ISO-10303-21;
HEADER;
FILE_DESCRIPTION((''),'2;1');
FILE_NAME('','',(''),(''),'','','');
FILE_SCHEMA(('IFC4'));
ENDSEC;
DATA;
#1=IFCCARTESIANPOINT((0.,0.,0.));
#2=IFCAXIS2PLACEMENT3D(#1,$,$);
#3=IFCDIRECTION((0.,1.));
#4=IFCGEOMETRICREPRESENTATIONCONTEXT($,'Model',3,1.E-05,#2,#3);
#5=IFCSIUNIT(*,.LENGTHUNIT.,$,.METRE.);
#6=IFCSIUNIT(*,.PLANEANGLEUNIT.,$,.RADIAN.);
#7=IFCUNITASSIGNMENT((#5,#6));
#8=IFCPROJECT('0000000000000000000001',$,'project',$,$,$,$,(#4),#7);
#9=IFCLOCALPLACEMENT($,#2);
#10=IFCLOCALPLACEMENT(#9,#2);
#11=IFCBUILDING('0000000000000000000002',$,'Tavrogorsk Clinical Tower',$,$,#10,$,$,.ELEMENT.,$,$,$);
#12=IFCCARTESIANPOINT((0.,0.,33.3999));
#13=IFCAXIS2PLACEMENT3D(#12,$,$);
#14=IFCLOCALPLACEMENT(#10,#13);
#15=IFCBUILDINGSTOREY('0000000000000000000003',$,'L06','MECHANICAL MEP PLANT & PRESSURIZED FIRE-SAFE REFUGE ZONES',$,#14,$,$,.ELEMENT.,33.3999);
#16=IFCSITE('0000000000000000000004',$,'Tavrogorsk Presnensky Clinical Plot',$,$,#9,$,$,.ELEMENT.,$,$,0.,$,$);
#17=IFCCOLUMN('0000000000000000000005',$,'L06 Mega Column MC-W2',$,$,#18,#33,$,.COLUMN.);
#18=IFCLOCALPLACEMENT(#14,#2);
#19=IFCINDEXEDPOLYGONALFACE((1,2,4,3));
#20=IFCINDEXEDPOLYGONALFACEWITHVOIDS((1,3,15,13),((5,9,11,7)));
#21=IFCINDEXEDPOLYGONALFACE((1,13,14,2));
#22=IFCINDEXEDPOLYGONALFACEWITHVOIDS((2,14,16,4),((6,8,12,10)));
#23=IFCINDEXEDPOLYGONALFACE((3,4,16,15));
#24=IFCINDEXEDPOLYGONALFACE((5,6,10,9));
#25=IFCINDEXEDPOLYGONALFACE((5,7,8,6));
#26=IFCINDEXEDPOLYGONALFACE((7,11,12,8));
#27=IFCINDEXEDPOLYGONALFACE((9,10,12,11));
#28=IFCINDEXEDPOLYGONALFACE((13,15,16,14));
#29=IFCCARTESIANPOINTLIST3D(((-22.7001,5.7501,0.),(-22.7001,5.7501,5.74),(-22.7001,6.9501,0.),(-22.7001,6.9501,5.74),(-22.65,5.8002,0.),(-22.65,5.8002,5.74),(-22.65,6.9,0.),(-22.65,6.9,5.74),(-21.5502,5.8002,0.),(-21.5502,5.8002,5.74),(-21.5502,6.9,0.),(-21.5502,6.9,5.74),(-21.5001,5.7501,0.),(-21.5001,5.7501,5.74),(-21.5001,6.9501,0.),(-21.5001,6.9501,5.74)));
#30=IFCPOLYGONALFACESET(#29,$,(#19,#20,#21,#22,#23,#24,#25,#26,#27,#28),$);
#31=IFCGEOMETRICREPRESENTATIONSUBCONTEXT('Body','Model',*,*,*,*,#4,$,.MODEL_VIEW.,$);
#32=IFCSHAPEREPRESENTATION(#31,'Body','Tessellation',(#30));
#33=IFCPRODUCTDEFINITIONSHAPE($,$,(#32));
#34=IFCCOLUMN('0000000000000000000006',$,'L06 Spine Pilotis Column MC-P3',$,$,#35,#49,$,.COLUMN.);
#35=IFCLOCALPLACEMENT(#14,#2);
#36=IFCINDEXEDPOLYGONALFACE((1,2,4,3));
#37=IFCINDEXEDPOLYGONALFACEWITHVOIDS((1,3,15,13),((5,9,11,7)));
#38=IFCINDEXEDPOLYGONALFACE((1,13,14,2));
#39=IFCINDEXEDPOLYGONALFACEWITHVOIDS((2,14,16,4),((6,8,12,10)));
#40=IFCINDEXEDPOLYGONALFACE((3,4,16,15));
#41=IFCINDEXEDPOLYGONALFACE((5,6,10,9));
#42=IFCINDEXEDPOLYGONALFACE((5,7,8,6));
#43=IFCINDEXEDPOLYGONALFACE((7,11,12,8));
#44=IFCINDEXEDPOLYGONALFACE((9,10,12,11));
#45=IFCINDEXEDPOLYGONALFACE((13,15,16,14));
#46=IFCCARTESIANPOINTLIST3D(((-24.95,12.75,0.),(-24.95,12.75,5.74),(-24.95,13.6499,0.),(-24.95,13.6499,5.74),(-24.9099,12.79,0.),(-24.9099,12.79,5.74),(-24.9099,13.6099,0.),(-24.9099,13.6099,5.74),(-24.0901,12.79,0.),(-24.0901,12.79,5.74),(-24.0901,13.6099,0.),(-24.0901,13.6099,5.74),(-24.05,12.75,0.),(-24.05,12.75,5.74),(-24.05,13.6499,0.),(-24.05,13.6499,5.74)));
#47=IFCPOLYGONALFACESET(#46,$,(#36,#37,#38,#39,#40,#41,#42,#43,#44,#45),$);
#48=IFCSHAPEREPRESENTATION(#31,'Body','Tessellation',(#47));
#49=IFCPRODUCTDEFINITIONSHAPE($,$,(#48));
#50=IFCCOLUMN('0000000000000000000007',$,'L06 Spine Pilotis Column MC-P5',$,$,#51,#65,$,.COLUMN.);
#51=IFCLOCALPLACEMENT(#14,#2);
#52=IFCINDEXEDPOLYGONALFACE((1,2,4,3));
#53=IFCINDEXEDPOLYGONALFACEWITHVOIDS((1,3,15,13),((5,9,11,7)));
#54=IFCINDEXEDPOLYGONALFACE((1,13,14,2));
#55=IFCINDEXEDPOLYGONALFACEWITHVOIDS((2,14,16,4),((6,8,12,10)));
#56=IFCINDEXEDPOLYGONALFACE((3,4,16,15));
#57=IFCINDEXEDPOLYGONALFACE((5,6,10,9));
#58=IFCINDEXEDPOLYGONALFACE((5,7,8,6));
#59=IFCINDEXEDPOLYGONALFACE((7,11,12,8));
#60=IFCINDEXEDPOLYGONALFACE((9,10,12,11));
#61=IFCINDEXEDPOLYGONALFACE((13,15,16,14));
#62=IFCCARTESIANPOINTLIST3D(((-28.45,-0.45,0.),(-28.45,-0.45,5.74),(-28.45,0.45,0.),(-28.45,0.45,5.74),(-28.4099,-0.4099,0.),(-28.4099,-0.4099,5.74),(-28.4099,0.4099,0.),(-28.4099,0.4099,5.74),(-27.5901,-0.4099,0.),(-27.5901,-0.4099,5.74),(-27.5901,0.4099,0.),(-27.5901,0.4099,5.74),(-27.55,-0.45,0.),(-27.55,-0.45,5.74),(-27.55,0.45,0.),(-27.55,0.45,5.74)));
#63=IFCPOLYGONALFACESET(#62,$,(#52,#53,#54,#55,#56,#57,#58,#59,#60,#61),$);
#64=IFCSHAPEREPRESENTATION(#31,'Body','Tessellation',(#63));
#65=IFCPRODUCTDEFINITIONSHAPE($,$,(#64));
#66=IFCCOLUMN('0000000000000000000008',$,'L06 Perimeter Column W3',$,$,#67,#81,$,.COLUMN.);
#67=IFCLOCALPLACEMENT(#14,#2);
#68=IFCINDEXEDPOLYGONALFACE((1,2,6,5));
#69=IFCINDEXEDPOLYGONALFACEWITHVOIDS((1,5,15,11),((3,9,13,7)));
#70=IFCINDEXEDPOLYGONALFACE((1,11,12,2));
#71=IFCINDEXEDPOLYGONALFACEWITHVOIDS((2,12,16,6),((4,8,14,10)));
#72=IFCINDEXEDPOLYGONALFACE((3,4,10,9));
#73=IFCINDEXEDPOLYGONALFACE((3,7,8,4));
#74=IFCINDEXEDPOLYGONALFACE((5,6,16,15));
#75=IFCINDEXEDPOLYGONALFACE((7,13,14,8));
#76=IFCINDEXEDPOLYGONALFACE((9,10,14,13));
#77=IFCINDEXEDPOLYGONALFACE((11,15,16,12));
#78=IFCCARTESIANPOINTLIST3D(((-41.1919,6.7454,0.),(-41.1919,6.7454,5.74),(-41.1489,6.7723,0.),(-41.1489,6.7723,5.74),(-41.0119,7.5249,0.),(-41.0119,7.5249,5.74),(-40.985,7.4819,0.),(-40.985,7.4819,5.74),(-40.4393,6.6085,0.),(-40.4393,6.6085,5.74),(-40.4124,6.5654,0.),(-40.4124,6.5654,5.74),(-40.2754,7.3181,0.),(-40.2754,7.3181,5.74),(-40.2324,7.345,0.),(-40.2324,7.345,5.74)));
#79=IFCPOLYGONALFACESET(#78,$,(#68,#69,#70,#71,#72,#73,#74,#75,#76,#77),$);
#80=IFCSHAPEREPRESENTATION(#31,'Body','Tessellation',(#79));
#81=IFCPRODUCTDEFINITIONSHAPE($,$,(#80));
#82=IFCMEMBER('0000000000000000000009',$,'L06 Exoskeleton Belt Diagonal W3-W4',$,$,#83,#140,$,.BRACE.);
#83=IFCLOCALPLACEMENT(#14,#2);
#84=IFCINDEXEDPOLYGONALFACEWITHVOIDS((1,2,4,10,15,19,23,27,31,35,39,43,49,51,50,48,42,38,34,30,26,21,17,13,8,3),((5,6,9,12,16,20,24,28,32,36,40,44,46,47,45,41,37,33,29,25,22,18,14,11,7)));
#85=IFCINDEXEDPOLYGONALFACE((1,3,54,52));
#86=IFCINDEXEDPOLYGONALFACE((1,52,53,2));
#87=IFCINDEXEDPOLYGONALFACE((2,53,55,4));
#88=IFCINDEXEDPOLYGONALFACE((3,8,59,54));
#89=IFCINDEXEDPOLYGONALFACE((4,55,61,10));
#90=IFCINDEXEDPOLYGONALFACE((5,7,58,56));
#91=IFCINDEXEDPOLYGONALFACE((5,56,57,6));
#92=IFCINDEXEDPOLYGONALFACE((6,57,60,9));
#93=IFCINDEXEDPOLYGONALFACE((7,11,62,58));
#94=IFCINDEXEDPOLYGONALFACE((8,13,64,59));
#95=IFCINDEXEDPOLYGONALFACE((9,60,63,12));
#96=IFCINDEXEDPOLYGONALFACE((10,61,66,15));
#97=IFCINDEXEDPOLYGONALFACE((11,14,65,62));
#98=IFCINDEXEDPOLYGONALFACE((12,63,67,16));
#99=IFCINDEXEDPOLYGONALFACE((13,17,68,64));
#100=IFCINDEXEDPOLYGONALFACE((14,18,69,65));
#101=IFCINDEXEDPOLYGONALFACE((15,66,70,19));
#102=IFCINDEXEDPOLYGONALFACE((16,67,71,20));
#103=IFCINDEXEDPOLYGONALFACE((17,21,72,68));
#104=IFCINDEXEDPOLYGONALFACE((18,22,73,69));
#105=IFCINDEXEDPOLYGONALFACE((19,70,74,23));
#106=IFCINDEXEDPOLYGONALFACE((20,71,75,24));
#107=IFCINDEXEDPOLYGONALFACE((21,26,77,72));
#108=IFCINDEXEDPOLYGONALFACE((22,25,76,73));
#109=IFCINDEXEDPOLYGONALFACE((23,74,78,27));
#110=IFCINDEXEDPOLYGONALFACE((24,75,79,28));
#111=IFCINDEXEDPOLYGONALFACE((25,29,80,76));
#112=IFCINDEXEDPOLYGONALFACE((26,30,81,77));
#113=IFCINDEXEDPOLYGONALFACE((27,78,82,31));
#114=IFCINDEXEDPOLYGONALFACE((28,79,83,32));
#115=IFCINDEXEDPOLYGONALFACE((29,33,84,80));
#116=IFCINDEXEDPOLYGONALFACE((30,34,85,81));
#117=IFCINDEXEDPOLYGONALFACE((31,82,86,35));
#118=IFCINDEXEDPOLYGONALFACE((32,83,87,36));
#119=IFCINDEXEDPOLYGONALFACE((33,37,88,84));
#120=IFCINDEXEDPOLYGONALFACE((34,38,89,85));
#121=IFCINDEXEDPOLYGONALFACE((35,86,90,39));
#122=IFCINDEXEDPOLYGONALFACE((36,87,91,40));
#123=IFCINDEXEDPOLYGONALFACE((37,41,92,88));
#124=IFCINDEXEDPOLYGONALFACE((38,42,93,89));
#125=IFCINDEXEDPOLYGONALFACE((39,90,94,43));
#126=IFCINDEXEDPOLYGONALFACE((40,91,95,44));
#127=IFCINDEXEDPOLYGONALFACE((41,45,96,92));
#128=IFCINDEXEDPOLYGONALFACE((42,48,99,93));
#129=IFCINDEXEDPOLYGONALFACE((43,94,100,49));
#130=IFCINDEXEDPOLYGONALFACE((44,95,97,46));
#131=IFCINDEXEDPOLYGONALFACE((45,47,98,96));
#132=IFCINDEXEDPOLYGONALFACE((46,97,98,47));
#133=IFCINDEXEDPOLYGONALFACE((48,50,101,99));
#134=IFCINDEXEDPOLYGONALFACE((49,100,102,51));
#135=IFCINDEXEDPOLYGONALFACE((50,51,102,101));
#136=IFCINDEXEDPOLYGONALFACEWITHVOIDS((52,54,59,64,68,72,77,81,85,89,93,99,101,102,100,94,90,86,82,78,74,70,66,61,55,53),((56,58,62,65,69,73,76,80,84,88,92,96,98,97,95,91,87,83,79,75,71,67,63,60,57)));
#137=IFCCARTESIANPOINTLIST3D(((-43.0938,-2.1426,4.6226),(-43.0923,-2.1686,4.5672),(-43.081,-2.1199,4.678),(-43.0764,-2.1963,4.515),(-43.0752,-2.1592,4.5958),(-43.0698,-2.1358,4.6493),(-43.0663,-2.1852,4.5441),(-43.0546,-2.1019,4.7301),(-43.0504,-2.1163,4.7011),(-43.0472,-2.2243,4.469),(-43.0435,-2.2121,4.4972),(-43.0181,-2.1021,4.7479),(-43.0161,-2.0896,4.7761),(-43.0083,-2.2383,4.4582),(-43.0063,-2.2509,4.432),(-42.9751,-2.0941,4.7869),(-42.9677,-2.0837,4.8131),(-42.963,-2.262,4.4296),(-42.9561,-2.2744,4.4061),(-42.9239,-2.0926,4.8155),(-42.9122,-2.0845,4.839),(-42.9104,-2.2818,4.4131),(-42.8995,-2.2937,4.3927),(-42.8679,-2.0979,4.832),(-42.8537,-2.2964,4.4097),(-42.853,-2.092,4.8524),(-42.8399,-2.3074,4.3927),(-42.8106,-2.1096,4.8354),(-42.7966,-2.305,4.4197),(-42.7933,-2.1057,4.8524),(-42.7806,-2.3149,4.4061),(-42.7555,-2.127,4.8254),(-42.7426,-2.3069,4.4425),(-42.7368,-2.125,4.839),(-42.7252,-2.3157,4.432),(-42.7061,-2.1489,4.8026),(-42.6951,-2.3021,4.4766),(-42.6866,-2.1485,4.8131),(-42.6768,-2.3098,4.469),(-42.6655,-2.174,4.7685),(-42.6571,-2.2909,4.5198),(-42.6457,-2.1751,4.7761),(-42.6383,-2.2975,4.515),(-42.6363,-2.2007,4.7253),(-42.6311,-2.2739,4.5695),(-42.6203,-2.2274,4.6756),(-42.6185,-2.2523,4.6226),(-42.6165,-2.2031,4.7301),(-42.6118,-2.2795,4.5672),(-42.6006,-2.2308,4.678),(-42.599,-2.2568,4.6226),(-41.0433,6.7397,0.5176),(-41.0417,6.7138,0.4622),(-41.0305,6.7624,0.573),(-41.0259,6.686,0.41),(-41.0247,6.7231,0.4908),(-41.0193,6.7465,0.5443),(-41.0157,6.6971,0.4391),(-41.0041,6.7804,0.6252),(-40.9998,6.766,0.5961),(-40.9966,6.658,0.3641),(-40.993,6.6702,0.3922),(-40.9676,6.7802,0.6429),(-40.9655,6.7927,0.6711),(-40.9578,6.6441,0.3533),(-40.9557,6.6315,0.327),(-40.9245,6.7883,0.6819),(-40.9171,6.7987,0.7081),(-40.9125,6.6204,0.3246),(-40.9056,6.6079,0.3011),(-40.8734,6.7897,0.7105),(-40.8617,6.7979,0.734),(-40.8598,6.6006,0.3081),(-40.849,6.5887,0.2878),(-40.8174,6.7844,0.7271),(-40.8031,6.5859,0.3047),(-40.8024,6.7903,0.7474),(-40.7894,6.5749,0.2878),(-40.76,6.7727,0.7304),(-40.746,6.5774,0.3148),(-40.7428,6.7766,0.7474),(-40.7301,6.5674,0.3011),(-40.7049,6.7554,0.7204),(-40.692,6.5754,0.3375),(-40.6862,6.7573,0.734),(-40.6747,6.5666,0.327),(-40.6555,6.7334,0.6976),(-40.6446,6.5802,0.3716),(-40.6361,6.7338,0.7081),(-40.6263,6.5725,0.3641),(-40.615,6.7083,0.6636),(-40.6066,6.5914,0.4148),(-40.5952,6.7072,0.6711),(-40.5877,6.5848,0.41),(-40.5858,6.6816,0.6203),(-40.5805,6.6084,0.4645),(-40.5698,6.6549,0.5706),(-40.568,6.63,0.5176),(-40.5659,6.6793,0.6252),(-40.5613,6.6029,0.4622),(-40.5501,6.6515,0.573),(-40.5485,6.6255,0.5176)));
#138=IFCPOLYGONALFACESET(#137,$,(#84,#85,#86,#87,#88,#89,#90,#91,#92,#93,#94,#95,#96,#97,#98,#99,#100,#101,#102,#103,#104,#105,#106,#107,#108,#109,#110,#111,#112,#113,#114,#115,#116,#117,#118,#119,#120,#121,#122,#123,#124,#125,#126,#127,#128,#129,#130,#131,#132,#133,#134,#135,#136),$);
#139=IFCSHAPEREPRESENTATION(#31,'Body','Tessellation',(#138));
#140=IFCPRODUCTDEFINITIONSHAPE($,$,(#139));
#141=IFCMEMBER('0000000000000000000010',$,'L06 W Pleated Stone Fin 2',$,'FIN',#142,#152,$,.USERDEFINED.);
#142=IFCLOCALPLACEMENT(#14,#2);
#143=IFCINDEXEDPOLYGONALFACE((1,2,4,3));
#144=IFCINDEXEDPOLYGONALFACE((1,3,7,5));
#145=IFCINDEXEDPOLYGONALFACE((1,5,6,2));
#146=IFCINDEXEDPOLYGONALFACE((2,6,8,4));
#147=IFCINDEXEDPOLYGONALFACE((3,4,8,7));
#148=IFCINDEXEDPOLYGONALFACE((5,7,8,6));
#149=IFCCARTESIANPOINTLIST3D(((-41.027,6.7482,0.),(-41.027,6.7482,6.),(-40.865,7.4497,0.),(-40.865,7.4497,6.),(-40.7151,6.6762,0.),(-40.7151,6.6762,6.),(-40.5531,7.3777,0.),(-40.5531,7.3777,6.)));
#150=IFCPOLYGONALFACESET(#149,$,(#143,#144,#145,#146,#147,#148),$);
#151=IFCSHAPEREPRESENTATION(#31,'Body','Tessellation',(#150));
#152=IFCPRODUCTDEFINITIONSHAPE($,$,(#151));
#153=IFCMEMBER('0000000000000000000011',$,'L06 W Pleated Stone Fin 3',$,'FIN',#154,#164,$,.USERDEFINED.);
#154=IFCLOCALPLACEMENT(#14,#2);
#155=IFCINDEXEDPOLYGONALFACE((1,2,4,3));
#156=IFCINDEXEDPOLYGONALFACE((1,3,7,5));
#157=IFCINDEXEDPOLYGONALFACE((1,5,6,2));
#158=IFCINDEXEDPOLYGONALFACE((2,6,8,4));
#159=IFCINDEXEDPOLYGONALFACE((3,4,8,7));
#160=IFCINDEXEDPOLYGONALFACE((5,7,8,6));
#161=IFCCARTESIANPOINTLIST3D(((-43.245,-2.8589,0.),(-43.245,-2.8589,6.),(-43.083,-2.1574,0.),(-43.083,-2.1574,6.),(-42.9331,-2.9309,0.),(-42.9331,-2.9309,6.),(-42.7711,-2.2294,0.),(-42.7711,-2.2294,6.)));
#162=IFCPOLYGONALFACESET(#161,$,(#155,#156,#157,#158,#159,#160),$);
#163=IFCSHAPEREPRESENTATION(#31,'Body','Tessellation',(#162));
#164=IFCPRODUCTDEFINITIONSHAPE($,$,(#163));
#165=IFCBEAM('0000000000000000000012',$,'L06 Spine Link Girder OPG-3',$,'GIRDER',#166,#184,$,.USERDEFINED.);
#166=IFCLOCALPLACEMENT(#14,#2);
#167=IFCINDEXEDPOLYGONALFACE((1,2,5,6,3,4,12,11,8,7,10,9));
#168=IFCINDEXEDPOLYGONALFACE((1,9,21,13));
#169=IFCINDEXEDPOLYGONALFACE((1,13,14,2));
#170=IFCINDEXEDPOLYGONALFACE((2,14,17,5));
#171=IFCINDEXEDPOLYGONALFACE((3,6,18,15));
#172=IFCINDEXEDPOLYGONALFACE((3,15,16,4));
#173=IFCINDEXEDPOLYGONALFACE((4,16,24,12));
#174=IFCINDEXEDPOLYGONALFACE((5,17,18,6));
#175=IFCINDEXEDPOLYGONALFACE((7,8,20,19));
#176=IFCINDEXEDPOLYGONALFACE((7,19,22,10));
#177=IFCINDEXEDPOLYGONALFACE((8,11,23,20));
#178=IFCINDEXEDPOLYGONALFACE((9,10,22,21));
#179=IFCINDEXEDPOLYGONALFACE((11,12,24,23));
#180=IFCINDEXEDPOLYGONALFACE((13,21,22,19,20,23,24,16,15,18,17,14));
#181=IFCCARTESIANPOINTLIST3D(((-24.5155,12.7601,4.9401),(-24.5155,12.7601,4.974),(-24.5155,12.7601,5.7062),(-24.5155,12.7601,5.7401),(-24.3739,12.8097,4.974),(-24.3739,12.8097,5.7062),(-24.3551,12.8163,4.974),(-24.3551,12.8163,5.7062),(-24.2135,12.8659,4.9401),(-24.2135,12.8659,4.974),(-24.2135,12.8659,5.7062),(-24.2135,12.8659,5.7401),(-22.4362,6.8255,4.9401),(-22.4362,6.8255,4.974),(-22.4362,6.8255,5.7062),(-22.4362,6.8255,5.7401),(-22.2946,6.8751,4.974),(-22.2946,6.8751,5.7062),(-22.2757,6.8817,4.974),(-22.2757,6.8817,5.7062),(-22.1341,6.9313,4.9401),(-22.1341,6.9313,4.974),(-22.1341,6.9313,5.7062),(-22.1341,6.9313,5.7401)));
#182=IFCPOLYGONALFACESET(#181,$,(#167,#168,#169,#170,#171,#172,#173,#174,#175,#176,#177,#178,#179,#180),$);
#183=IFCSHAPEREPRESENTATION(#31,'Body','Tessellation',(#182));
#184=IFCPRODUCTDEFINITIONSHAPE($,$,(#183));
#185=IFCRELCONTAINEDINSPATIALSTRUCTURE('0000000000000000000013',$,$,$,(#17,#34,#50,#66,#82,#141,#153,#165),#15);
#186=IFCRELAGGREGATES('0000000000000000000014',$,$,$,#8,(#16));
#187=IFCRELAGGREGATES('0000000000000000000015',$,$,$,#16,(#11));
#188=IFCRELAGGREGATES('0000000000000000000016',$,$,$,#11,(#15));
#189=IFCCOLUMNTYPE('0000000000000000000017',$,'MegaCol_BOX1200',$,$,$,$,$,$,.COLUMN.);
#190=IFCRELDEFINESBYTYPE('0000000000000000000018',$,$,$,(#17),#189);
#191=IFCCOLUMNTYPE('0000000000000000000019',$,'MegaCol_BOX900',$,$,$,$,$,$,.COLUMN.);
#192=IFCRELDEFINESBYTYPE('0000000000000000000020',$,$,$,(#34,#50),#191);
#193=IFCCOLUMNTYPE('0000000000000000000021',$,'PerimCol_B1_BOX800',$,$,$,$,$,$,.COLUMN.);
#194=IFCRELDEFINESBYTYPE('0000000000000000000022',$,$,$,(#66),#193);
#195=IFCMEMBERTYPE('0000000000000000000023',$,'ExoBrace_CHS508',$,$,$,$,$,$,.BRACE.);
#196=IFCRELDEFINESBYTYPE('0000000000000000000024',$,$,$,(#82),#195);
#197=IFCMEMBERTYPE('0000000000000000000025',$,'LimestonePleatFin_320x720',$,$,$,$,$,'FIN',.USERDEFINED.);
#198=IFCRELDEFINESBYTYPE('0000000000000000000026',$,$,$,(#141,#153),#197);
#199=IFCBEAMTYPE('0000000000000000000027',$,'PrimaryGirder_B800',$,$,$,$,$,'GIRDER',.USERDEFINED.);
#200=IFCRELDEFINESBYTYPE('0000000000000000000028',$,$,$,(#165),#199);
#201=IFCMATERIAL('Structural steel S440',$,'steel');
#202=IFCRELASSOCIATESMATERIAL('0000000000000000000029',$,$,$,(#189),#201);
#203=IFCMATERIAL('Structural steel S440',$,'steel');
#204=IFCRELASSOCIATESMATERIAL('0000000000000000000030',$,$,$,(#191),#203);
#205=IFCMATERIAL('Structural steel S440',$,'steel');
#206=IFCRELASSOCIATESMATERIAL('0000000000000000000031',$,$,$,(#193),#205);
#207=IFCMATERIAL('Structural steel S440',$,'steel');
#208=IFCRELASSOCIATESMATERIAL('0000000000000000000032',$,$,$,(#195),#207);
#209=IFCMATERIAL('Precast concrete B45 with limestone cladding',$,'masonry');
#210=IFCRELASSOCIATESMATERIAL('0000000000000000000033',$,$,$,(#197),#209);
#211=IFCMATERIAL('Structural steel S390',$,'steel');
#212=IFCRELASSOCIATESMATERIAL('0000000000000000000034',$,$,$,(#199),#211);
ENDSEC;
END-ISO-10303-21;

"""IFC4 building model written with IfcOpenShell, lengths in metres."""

from ifc_helpers import new_model, si_unit, direction, frame, origin, origin_2d, place, context, subcontext, project, spatial, rectangle, hollow_rectangle, hollow_circle, i_section, extrude, material, material_profile, profile_set, type_object, element, save


model = new_model("IFC4")

# Units and contexts
model_context = context("Model", 3, precision=1e-05, world=origin(), true_north=direction((0.0, 1.0)))
body_context = subcontext(model_context, "Body", "Model", "MODEL_VIEW")
ifc_project = project(units=[si_unit("LENGTHUNIT", "METRE"), si_unit("PLANEANGLEUNIT", "RADIAN")], contexts=[model_context])

# Site, building, storey
site_placement = place(None, origin())
site = spatial("IfcSite", under=ifc_project, at=site_placement, Name="Tavrogorsk Presnensky Clinical Plot", CompositionType="ELEMENT", RefElevation=0.0)
building_placement = place(site_placement, origin())
building = spatial("IfcBuilding", under=site, at=building_placement, Name="Tavrogorsk Clinical Tower", CompositionType="ELEMENT")
storey_placement = place(building_placement, frame((0.0, 0.0, 33.3999)))
storey = spatial("IfcBuildingStorey", under=building, at=storey_placement, Name="L06", Description="MECHANICAL MEP PLANT & PRESSURIZED FIRE-SAFE REFUGE ZONES", CompositionType="ELEMENT", Elevation=33.3999)

# Columns
ifc_material_1 = material(Name="Structural steel S440", Category="steel")
ifc_material_profile_1 = material_profile(ifc_material_1, hollow_rectangle(XDim=1.2, YDim=1.2, WallThickness=0.05, at=origin_2d()), Name="BOX-1200x1200x50")
ifc_profile_set_1 = profile_set([ifc_material_profile_1], Name="Structural steel S440")
column_type_1 = type_object("IfcColumnType", Name="MegaCol_BOX1200", PredefinedType="COLUMN", material=ifc_profile_set_1)
column_1_placement = place(storey_placement, frame((-22.1001, 6.3501, 0.0), z_axis=(0.0, 0.0, 1.0), x_axis=(1.0, 0.0, 0.0)))
element("IfcColumn", 1, at=column_1_placement, inside=storey, type_object=column_type_1, Name="L06 Mega Column MC-W2", PredefinedType="COLUMN", context=body_context, shape_type="SweptSolid", body=[
    extrude(hollow_rectangle(XDim=1.2, YDim=1.2, WallThickness=0.05, at=origin_2d()), origin(), (0.0, 0.0, 1.0), 5.74),
])
ifc_material_2 = material(Name="Structural steel S440", Category="steel")
ifc_material_profile_2 = material_profile(ifc_material_2, hollow_rectangle(XDim=0.8999, YDim=0.8999, WallThickness=0.04, at=origin_2d()), Name="BOX-900x900x40")
ifc_profile_set_2 = profile_set([ifc_material_profile_2], Name="Structural steel S440")
column_type_2 = type_object("IfcColumnType", Name="MegaCol_BOX900", PredefinedType="COLUMN", material=ifc_profile_set_2)
for number, where, z_axis, x_axis, name in (
    (2, (-24.5, 13.2, 0.0), (0.0, 0.0, 1.0), (1.0, 0.0, 0.0), "L06 Spine Pilotis Column MC-P3"),
    (3, (-28.0, 0.0, 0.0), (0.0, 0.0, 1.0), (1.0, 0.0, 0.0), "L06 Spine Pilotis Column MC-P5"),
):
    element("IfcColumn", number, at=place(storey_placement, frame(where, z_axis=z_axis, x_axis=x_axis)), inside=storey, type_object=column_type_2, Name=name, PredefinedType="COLUMN", context=body_context, shape_type="SweptSolid", body=[
        extrude(hollow_rectangle(XDim=0.8999, YDim=0.8999, WallThickness=0.04, at=origin_2d()), origin(), (0.0, 0.0, 1.0), 5.74),
    ])
ifc_material_3 = material(Name="Structural steel S440", Category="steel")
ifc_material_profile_3 = material_profile(ifc_material_3, hollow_rectangle(XDim=0.8, YDim=0.8, WallThickness=0.0359, at=origin_2d()), Name="BOX-800x800x36")
ifc_profile_set_3 = profile_set([ifc_material_profile_3], Name="Structural steel S440")
column_type_3 = type_object("IfcColumnType", Name="PerimCol_B1_BOX800", PredefinedType="COLUMN", material=ifc_profile_set_3)
column_2_placement = place(storey_placement, frame((-40.7122, 7.0452, 0.0), z_axis=(0.0, 0.0, 1.0), x_axis=(0.97437, -0.224951, 0.0)))
element("IfcColumn", 4, at=column_2_placement, inside=storey, type_object=column_type_3, Name="L06 Perimeter Column W3", PredefinedType="COLUMN", context=body_context, shape_type="SweptSolid", body=[
    extrude(hollow_rectangle(XDim=0.8, YDim=0.8, WallThickness=0.0359, at=origin_2d()), origin(), (0.0, 0.0, 1.0), 5.74),
])

# Members
ifc_material_4 = material(Name="Structural steel S440", Category="steel")
ifc_material_profile_4 = material_profile(ifc_material_4, hollow_circle(Radius=0.2539, WallThickness=0.02, at=origin_2d()), Name="CHS-508x20")
ifc_profile_set_4 = profile_set([ifc_material_profile_4], Name="Structural steel S440")
member_type_1 = type_object("IfcMemberType", Name="ExoBrace_CHS508", PredefinedType="BRACE", material=ifc_profile_set_4)
member_placement = place(storey_placement, frame((-40.7959, 6.6826, 0.5176), z_axis=(-0.205104, -0.888449, 0.410598), x_axis=(0.974373, -0.22494, 0.0)))
element("IfcMember", 5, at=member_placement, inside=storey, type_object=member_type_1, Name="L06 Exoskeleton Belt Diagonal W3-W4", PredefinedType="BRACE", context=body_context, shape_type="SweptSolid", body=[
    extrude(hollow_circle(Radius=0.2539, WallThickness=0.02, at=origin_2d()), origin(), (0.0, 0.0, 1.0), 9.9976),
])
ifc_material_5 = material(Name="Precast concrete B45 with limestone cladding", Category="masonry")
ifc_material_profile_5 = material_profile(ifc_material_5, rectangle(XDim=0.3201, YDim=0.72, at=origin_2d()), Name="LIMESTONE-FIN-320x720")
ifc_profile_set_5 = profile_set([ifc_material_profile_5], Name="Precast concrete B45 with limestone cladding")
member_type_2 = type_object("IfcMemberType", Name="LimestonePleatFin_320x720", ElementType="FIN", PredefinedType="USERDEFINED", material=ifc_profile_set_5)
for number, where, z_axis, x_axis, name in (
    (6, (-40.79, 7.063, 0.0), (0.0, 0.0, 1.0), (0.97437, -0.224951, 0.0), "L06 W Pleated Stone Fin 2"),
    (7, (-43.0081, -2.5442, 0.0), (0.0, 0.0, 1.0), (0.97437, -0.224951, 0.0), "L06 W Pleated Stone Fin 3"),
):
    element("IfcMember", number, at=place(storey_placement, frame(where, z_axis=z_axis, x_axis=x_axis)), inside=storey, type_object=member_type_2, Name=name, ObjectType="FIN", PredefinedType="USERDEFINED", context=body_context, shape_type="SweptSolid", body=[
        extrude(rectangle(XDim=0.3201, YDim=0.72, at=origin_2d()), origin(), (0.0, 0.0, 1.0), 6.0),
    ])

# Beam
ifc_material_6 = material(Name="Structural steel S390", Category="steel")
ifc_material_profile_6 = material_profile(ifc_material_6, i_section(OverallWidth=0.3201, OverallDepth=0.8, WebThickness=0.02, FlangeThickness=0.0339, at=origin_2d()), Name="B-800x320x20x34")
ifc_profile_set_6 = profile_set([ifc_material_profile_6], Name="Structural steel S390")
beam_type_1 = type_object("IfcBeamType", Name="PrimaryGirder_B800", ElementType="GIRDER", PredefinedType="USERDEFINED", material=ifc_profile_set_6)
beam_1_placement = place(storey_placement, frame((-24.3645, 12.813, 5.3401), z_axis=(0.330669, -0.943747, 0.0), x_axis=(0.943747, 0.330669, 0.0)))
element("IfcBeam", 8, at=beam_1_placement, inside=storey, type_object=beam_type_1, Name="L06 Spine Link Girder OPG-3", ObjectType="GIRDER", PredefinedType="USERDEFINED", context=body_context, shape_type="SweptSolid", body=[
    extrude(i_section(OverallWidth=0.3201, OverallDepth=0.8, WebThickness=0.02, FlangeThickness=0.0339, at=origin_2d()), origin(), (0.0, 0.0, 1.0), 6.2883),
])

save(model, "model.ifc")
